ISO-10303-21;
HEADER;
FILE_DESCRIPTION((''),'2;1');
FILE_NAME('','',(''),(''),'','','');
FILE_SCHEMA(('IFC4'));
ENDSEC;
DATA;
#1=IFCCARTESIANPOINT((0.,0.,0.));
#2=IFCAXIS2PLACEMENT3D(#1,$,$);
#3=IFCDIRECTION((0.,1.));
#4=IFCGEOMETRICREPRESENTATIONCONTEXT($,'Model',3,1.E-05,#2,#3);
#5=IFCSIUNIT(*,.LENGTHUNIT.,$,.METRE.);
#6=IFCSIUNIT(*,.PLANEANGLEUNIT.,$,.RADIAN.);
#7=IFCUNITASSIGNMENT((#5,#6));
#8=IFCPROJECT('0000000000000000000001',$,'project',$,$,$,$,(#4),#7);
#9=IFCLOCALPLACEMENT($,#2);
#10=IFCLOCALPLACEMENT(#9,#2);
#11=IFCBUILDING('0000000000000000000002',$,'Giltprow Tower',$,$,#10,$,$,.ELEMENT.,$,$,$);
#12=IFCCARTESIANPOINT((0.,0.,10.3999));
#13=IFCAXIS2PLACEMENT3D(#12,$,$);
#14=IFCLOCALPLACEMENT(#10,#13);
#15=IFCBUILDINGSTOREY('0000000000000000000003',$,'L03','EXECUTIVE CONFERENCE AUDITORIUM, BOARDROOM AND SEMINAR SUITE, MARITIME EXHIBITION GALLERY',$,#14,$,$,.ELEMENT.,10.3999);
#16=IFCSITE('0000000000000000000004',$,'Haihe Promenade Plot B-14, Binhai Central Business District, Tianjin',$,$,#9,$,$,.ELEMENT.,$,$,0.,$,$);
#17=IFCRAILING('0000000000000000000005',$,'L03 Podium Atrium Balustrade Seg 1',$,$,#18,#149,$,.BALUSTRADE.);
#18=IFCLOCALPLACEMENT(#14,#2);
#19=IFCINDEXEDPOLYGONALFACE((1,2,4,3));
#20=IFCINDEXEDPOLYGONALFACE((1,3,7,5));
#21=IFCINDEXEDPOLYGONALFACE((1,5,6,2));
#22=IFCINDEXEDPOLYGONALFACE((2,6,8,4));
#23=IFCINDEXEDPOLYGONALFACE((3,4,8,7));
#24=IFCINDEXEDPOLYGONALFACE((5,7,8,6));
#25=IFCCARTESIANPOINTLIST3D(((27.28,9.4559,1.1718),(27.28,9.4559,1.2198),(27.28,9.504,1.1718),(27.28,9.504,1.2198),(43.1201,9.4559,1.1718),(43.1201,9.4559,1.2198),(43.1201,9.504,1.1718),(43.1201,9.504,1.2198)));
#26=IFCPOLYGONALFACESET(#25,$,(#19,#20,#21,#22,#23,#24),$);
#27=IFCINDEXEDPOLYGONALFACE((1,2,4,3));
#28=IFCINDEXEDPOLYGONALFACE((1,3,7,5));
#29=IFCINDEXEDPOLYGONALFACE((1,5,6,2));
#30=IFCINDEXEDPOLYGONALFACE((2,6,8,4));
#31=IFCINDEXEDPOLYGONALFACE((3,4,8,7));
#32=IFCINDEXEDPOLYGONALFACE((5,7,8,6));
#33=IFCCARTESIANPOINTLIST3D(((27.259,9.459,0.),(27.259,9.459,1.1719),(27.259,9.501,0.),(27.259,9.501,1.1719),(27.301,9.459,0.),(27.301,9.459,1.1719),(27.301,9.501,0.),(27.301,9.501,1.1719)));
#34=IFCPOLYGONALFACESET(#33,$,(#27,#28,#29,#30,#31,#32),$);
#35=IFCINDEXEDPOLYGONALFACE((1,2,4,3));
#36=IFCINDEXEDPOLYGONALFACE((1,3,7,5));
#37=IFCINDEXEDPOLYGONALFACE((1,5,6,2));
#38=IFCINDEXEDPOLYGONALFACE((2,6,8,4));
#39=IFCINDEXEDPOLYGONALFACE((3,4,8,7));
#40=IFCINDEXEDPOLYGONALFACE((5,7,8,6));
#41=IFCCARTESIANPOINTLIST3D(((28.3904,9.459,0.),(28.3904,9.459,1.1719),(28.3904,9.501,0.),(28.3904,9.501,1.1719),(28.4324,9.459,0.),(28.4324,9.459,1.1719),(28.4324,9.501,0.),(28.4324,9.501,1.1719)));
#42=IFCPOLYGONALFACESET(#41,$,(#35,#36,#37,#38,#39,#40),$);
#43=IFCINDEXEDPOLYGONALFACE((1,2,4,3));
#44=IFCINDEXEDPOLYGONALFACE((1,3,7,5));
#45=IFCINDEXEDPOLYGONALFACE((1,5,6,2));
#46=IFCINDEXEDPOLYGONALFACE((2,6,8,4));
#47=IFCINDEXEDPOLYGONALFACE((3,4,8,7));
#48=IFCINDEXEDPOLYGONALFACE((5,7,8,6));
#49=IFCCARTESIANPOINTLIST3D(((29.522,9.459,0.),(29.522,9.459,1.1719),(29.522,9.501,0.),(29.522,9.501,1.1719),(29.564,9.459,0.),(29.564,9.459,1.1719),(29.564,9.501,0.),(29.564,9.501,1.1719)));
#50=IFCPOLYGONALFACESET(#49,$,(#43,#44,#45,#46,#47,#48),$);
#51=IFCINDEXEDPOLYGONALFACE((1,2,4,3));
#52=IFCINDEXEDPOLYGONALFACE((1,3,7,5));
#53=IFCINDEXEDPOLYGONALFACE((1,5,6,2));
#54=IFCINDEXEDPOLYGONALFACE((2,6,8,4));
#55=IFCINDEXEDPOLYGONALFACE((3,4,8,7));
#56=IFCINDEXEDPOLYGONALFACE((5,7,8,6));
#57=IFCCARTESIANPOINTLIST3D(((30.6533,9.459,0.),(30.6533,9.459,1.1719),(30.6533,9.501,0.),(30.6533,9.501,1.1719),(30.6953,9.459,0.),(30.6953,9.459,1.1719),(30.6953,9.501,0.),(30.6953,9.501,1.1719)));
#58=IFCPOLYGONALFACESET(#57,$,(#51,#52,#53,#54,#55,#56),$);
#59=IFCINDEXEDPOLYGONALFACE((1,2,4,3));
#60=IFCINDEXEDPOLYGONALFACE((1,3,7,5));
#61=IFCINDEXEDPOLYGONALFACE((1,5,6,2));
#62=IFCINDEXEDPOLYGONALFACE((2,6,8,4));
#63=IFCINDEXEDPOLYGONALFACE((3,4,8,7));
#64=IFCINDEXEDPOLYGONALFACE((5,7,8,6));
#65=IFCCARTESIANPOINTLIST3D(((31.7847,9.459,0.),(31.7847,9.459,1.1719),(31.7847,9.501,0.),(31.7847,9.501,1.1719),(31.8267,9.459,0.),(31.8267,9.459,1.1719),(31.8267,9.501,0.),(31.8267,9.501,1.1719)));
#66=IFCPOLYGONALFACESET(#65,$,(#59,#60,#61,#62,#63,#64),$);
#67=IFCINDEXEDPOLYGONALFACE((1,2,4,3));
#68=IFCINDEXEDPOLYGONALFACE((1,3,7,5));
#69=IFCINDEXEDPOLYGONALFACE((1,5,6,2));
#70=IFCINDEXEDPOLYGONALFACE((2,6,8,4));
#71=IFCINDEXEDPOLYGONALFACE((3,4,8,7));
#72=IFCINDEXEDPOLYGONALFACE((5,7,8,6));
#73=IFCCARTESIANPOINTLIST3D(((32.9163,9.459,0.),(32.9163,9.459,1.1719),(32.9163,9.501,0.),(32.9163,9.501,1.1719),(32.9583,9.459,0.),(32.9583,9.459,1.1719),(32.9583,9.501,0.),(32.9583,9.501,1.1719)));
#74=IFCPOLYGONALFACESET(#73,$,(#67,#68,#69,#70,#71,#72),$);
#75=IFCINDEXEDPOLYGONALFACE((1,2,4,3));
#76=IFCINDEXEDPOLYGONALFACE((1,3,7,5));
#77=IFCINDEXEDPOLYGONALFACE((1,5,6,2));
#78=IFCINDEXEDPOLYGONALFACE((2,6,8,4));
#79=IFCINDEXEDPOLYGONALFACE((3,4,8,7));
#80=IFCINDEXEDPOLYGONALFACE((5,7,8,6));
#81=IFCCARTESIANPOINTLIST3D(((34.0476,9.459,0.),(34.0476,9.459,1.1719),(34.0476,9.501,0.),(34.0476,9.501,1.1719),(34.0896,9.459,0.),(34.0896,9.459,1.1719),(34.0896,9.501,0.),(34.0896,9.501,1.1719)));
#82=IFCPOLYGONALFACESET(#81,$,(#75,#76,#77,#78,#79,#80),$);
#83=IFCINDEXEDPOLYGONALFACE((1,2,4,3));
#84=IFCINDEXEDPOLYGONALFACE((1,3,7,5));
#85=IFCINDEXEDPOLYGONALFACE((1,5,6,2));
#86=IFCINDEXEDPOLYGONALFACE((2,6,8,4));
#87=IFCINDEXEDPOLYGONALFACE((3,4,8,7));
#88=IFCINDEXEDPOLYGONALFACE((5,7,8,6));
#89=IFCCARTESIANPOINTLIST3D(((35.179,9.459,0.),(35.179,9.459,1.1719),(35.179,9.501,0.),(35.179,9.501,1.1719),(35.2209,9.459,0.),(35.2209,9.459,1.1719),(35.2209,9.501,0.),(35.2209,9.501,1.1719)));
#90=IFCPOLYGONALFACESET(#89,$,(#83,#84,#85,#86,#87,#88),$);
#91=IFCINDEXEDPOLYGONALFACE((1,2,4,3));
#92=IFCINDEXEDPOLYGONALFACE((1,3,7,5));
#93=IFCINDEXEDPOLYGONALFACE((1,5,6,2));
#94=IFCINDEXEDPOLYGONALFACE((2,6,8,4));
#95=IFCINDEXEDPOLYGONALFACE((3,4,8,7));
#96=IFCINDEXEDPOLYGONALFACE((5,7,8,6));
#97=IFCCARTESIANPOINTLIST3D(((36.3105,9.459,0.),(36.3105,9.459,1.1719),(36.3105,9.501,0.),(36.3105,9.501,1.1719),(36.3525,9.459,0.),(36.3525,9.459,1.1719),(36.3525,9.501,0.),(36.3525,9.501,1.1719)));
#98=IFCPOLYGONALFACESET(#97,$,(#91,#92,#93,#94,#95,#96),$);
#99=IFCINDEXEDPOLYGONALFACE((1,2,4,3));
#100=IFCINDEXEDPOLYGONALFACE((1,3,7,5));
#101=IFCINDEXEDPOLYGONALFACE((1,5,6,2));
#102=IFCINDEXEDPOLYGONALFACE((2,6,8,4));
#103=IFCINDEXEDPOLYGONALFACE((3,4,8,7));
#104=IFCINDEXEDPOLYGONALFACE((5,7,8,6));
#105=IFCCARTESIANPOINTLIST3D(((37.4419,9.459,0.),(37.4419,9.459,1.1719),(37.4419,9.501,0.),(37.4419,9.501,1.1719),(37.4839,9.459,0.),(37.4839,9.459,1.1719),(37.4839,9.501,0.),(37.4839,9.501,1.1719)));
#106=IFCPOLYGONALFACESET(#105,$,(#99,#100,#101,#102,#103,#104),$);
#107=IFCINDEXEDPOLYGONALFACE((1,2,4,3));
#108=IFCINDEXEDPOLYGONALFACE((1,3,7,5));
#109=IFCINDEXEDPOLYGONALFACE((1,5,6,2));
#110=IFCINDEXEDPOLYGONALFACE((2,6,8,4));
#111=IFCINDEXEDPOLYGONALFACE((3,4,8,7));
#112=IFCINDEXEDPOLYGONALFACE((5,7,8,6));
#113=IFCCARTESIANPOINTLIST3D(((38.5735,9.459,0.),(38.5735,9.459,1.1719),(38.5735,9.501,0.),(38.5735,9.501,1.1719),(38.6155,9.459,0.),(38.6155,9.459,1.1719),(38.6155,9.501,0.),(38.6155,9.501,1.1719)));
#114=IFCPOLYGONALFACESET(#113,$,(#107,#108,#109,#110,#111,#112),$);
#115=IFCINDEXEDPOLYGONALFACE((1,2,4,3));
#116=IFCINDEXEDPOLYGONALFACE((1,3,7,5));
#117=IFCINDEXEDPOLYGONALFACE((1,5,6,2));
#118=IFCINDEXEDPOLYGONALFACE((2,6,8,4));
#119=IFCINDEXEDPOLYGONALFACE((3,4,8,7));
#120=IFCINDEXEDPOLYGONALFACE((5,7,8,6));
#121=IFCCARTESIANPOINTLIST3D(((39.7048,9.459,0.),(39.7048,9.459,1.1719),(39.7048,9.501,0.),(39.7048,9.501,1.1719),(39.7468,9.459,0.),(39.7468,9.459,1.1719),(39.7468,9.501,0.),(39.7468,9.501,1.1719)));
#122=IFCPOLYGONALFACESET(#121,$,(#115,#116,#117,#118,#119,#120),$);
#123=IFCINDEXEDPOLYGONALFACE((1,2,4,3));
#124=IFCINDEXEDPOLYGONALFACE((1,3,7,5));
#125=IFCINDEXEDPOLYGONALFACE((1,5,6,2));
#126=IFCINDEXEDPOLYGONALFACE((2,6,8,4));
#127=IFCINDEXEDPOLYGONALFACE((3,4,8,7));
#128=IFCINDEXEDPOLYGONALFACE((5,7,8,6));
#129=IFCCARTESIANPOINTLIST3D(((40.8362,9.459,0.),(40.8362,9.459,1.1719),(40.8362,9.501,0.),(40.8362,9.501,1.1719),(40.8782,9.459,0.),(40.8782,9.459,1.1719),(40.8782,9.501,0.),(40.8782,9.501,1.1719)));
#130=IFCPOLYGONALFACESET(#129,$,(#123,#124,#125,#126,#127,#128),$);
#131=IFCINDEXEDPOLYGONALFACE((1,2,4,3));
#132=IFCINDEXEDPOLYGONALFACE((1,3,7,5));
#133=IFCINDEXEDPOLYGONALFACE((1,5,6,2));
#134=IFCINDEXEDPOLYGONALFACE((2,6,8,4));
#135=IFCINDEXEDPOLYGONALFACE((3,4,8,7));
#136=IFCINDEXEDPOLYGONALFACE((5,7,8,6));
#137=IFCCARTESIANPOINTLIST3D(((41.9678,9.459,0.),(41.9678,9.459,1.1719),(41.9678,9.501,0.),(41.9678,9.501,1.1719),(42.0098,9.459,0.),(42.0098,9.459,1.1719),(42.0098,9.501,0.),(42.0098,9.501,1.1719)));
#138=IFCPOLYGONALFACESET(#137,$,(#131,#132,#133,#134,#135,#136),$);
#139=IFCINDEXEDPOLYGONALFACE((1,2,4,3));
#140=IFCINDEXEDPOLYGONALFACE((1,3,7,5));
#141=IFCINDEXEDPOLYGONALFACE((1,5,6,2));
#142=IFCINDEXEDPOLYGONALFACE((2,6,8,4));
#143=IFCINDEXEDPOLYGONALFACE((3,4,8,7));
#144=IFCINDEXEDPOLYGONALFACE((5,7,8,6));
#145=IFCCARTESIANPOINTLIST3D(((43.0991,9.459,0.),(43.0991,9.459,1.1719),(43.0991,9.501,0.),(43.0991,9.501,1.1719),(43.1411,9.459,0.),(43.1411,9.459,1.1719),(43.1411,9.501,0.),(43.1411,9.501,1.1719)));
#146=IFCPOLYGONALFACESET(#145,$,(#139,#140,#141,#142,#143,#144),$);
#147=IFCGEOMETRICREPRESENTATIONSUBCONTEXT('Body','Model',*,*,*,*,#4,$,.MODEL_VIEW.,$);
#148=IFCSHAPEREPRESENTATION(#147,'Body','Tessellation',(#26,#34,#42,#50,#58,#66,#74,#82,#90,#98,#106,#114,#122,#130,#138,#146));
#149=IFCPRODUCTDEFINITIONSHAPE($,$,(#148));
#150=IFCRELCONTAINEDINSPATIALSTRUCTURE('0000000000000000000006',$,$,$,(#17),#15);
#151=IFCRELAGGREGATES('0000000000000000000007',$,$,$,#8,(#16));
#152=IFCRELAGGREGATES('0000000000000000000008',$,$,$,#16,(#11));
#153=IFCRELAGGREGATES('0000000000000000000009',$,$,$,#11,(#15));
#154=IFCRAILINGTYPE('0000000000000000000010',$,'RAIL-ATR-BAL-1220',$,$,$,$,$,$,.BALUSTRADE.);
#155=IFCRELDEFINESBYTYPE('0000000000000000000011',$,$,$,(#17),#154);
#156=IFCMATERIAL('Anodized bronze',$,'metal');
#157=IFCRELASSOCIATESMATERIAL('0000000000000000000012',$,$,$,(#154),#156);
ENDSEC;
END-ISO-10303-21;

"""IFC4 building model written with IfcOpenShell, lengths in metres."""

from ifc_helpers import new_model, si_unit, direction, frame, origin, origin_2d, place, context, subcontext, project, spatial, rectangle, extrude, material, type_object, element, save


model = new_model("IFC4")

# Units and contexts
model_context = context("Model", 3, precision=1e-05, world=origin(), true_north=direction((0.0, 1.0)))
body_context = subcontext(model_context, "Body", "Model", "MODEL_VIEW")
ifc_project = project(units=[si_unit("LENGTHUNIT", "METRE"), si_unit("PLANEANGLEUNIT", "RADIAN")], contexts=[model_context])

# Site, building, storey
site_placement = place(None, origin())
site = spatial("IfcSite", under=ifc_project, at=site_placement, Name="Haihe Promenade Plot B-14, Binhai Central Business District, Tianjin", CompositionType="ELEMENT", RefElevation=0.0)
building_placement = place(site_placement, origin())
building = spatial("IfcBuilding", under=site, at=building_placement, Name="Giltprow Tower", CompositionType="ELEMENT")
storey_placement = place(building_placement, frame((0.0, 0.0, 10.3999)))
storey = spatial("IfcBuildingStorey", under=building, at=storey_placement, Name="L03", Description="EXECUTIVE CONFERENCE AUDITORIUM, BOARDROOM AND SEMINAR SUITE, MARITIME EXHIBITION GALLERY", CompositionType="ELEMENT", Elevation=10.3999)

# Railing
ifc_material_1 = material(Name="Anodized bronze", Category="metal")
railing_type = type_object("IfcRailingType", Name="RAIL-ATR-BAL-1220", PredefinedType="BALUSTRADE", material=ifc_material_1)
railing_1_placement = place(storey_placement, frame((27.28, 9.48, 0.0)))
element("IfcRailing", 1, at=railing_1_placement, inside=storey, type_object=railing_type, Name="L03 Podium Atrium Balustrade Seg 1", PredefinedType="BALUSTRADE", context=body_context, shape_type="SweptSolid", body=[
    extrude(rectangle(XDim=0.0481, YDim=0.0481, at=origin_2d()), frame((0.0, 0.0, 1.1958), z_axis=(1.0, 0.0, 0.0), x_axis=(0.0, 1.0, 0.0)), (0.0, 0.0, 1.0), 15.8401),
    extrude(rectangle(XDim=0.042, YDim=0.042, at=origin_2d()), origin(), (0.0, 0.0, 1.0), 1.1719),
    extrude(rectangle(XDim=0.042, YDim=0.042, at=origin_2d()), frame((1.1313, 0.0, 0.0)), (0.0, 0.0, 1.0), 1.1719),
    extrude(rectangle(XDim=0.042, YDim=0.042, at=origin_2d()), frame((2.2629, 0.0, 0.0)), (0.0, 0.0, 1.0), 1.1719),
    extrude(rectangle(XDim=0.042, YDim=0.042, at=origin_2d()), frame((3.3943, 0.0, 0.0)), (0.0, 0.0, 1.0), 1.1719),
    extrude(rectangle(XDim=0.042, YDim=0.042, at=origin_2d()), frame((4.5256, 0.0, 0.0)), (0.0, 0.0, 1.0), 1.1719),
    extrude(rectangle(XDim=0.042, YDim=0.042, at=origin_2d()), frame((5.6572, 0.0, 0.0)), (0.0, 0.0, 1.0), 1.1719),
    extrude(rectangle(XDim=0.042, YDim=0.042, at=origin_2d()), frame((6.7886, 0.0, 0.0)), (0.0, 0.0, 1.0), 1.1719),
    extrude(rectangle(XDim=0.042, YDim=0.042, at=origin_2d()), frame((7.9199, 0.0, 0.0)), (0.0, 0.0, 1.0), 1.1719),
    extrude(rectangle(XDim=0.042, YDim=0.042, at=origin_2d()), frame((9.0515, 0.0, 0.0)), (0.0, 0.0, 1.0), 1.1719),
    extrude(rectangle(XDim=0.042, YDim=0.042, at=origin_2d()), frame((10.1829, 0.0, 0.0)), (0.0, 0.0, 1.0), 1.1719),
    extrude(rectangle(XDim=0.042, YDim=0.042, at=origin_2d()), frame((11.3145, 0.0, 0.0)), (0.0, 0.0, 1.0), 1.1719),
    extrude(rectangle(XDim=0.042, YDim=0.042, at=origin_2d()), frame((12.4458, 0.0, 0.0)), (0.0, 0.0, 1.0), 1.1719),
    extrude(rectangle(XDim=0.042, YDim=0.042, at=origin_2d()), frame((13.5771, 0.0, 0.0)), (0.0, 0.0, 1.0), 1.1719),
    extrude(rectangle(XDim=0.042, YDim=0.042, at=origin_2d()), frame((14.7087, 0.0, 0.0)), (0.0, 0.0, 1.0), 1.1719),
    extrude(rectangle(XDim=0.042, YDim=0.042, at=origin_2d()), frame((15.8401, 0.0, 0.0)), (0.0, 0.0, 1.0), 1.1719),
])

save(model, "model.ifc")
